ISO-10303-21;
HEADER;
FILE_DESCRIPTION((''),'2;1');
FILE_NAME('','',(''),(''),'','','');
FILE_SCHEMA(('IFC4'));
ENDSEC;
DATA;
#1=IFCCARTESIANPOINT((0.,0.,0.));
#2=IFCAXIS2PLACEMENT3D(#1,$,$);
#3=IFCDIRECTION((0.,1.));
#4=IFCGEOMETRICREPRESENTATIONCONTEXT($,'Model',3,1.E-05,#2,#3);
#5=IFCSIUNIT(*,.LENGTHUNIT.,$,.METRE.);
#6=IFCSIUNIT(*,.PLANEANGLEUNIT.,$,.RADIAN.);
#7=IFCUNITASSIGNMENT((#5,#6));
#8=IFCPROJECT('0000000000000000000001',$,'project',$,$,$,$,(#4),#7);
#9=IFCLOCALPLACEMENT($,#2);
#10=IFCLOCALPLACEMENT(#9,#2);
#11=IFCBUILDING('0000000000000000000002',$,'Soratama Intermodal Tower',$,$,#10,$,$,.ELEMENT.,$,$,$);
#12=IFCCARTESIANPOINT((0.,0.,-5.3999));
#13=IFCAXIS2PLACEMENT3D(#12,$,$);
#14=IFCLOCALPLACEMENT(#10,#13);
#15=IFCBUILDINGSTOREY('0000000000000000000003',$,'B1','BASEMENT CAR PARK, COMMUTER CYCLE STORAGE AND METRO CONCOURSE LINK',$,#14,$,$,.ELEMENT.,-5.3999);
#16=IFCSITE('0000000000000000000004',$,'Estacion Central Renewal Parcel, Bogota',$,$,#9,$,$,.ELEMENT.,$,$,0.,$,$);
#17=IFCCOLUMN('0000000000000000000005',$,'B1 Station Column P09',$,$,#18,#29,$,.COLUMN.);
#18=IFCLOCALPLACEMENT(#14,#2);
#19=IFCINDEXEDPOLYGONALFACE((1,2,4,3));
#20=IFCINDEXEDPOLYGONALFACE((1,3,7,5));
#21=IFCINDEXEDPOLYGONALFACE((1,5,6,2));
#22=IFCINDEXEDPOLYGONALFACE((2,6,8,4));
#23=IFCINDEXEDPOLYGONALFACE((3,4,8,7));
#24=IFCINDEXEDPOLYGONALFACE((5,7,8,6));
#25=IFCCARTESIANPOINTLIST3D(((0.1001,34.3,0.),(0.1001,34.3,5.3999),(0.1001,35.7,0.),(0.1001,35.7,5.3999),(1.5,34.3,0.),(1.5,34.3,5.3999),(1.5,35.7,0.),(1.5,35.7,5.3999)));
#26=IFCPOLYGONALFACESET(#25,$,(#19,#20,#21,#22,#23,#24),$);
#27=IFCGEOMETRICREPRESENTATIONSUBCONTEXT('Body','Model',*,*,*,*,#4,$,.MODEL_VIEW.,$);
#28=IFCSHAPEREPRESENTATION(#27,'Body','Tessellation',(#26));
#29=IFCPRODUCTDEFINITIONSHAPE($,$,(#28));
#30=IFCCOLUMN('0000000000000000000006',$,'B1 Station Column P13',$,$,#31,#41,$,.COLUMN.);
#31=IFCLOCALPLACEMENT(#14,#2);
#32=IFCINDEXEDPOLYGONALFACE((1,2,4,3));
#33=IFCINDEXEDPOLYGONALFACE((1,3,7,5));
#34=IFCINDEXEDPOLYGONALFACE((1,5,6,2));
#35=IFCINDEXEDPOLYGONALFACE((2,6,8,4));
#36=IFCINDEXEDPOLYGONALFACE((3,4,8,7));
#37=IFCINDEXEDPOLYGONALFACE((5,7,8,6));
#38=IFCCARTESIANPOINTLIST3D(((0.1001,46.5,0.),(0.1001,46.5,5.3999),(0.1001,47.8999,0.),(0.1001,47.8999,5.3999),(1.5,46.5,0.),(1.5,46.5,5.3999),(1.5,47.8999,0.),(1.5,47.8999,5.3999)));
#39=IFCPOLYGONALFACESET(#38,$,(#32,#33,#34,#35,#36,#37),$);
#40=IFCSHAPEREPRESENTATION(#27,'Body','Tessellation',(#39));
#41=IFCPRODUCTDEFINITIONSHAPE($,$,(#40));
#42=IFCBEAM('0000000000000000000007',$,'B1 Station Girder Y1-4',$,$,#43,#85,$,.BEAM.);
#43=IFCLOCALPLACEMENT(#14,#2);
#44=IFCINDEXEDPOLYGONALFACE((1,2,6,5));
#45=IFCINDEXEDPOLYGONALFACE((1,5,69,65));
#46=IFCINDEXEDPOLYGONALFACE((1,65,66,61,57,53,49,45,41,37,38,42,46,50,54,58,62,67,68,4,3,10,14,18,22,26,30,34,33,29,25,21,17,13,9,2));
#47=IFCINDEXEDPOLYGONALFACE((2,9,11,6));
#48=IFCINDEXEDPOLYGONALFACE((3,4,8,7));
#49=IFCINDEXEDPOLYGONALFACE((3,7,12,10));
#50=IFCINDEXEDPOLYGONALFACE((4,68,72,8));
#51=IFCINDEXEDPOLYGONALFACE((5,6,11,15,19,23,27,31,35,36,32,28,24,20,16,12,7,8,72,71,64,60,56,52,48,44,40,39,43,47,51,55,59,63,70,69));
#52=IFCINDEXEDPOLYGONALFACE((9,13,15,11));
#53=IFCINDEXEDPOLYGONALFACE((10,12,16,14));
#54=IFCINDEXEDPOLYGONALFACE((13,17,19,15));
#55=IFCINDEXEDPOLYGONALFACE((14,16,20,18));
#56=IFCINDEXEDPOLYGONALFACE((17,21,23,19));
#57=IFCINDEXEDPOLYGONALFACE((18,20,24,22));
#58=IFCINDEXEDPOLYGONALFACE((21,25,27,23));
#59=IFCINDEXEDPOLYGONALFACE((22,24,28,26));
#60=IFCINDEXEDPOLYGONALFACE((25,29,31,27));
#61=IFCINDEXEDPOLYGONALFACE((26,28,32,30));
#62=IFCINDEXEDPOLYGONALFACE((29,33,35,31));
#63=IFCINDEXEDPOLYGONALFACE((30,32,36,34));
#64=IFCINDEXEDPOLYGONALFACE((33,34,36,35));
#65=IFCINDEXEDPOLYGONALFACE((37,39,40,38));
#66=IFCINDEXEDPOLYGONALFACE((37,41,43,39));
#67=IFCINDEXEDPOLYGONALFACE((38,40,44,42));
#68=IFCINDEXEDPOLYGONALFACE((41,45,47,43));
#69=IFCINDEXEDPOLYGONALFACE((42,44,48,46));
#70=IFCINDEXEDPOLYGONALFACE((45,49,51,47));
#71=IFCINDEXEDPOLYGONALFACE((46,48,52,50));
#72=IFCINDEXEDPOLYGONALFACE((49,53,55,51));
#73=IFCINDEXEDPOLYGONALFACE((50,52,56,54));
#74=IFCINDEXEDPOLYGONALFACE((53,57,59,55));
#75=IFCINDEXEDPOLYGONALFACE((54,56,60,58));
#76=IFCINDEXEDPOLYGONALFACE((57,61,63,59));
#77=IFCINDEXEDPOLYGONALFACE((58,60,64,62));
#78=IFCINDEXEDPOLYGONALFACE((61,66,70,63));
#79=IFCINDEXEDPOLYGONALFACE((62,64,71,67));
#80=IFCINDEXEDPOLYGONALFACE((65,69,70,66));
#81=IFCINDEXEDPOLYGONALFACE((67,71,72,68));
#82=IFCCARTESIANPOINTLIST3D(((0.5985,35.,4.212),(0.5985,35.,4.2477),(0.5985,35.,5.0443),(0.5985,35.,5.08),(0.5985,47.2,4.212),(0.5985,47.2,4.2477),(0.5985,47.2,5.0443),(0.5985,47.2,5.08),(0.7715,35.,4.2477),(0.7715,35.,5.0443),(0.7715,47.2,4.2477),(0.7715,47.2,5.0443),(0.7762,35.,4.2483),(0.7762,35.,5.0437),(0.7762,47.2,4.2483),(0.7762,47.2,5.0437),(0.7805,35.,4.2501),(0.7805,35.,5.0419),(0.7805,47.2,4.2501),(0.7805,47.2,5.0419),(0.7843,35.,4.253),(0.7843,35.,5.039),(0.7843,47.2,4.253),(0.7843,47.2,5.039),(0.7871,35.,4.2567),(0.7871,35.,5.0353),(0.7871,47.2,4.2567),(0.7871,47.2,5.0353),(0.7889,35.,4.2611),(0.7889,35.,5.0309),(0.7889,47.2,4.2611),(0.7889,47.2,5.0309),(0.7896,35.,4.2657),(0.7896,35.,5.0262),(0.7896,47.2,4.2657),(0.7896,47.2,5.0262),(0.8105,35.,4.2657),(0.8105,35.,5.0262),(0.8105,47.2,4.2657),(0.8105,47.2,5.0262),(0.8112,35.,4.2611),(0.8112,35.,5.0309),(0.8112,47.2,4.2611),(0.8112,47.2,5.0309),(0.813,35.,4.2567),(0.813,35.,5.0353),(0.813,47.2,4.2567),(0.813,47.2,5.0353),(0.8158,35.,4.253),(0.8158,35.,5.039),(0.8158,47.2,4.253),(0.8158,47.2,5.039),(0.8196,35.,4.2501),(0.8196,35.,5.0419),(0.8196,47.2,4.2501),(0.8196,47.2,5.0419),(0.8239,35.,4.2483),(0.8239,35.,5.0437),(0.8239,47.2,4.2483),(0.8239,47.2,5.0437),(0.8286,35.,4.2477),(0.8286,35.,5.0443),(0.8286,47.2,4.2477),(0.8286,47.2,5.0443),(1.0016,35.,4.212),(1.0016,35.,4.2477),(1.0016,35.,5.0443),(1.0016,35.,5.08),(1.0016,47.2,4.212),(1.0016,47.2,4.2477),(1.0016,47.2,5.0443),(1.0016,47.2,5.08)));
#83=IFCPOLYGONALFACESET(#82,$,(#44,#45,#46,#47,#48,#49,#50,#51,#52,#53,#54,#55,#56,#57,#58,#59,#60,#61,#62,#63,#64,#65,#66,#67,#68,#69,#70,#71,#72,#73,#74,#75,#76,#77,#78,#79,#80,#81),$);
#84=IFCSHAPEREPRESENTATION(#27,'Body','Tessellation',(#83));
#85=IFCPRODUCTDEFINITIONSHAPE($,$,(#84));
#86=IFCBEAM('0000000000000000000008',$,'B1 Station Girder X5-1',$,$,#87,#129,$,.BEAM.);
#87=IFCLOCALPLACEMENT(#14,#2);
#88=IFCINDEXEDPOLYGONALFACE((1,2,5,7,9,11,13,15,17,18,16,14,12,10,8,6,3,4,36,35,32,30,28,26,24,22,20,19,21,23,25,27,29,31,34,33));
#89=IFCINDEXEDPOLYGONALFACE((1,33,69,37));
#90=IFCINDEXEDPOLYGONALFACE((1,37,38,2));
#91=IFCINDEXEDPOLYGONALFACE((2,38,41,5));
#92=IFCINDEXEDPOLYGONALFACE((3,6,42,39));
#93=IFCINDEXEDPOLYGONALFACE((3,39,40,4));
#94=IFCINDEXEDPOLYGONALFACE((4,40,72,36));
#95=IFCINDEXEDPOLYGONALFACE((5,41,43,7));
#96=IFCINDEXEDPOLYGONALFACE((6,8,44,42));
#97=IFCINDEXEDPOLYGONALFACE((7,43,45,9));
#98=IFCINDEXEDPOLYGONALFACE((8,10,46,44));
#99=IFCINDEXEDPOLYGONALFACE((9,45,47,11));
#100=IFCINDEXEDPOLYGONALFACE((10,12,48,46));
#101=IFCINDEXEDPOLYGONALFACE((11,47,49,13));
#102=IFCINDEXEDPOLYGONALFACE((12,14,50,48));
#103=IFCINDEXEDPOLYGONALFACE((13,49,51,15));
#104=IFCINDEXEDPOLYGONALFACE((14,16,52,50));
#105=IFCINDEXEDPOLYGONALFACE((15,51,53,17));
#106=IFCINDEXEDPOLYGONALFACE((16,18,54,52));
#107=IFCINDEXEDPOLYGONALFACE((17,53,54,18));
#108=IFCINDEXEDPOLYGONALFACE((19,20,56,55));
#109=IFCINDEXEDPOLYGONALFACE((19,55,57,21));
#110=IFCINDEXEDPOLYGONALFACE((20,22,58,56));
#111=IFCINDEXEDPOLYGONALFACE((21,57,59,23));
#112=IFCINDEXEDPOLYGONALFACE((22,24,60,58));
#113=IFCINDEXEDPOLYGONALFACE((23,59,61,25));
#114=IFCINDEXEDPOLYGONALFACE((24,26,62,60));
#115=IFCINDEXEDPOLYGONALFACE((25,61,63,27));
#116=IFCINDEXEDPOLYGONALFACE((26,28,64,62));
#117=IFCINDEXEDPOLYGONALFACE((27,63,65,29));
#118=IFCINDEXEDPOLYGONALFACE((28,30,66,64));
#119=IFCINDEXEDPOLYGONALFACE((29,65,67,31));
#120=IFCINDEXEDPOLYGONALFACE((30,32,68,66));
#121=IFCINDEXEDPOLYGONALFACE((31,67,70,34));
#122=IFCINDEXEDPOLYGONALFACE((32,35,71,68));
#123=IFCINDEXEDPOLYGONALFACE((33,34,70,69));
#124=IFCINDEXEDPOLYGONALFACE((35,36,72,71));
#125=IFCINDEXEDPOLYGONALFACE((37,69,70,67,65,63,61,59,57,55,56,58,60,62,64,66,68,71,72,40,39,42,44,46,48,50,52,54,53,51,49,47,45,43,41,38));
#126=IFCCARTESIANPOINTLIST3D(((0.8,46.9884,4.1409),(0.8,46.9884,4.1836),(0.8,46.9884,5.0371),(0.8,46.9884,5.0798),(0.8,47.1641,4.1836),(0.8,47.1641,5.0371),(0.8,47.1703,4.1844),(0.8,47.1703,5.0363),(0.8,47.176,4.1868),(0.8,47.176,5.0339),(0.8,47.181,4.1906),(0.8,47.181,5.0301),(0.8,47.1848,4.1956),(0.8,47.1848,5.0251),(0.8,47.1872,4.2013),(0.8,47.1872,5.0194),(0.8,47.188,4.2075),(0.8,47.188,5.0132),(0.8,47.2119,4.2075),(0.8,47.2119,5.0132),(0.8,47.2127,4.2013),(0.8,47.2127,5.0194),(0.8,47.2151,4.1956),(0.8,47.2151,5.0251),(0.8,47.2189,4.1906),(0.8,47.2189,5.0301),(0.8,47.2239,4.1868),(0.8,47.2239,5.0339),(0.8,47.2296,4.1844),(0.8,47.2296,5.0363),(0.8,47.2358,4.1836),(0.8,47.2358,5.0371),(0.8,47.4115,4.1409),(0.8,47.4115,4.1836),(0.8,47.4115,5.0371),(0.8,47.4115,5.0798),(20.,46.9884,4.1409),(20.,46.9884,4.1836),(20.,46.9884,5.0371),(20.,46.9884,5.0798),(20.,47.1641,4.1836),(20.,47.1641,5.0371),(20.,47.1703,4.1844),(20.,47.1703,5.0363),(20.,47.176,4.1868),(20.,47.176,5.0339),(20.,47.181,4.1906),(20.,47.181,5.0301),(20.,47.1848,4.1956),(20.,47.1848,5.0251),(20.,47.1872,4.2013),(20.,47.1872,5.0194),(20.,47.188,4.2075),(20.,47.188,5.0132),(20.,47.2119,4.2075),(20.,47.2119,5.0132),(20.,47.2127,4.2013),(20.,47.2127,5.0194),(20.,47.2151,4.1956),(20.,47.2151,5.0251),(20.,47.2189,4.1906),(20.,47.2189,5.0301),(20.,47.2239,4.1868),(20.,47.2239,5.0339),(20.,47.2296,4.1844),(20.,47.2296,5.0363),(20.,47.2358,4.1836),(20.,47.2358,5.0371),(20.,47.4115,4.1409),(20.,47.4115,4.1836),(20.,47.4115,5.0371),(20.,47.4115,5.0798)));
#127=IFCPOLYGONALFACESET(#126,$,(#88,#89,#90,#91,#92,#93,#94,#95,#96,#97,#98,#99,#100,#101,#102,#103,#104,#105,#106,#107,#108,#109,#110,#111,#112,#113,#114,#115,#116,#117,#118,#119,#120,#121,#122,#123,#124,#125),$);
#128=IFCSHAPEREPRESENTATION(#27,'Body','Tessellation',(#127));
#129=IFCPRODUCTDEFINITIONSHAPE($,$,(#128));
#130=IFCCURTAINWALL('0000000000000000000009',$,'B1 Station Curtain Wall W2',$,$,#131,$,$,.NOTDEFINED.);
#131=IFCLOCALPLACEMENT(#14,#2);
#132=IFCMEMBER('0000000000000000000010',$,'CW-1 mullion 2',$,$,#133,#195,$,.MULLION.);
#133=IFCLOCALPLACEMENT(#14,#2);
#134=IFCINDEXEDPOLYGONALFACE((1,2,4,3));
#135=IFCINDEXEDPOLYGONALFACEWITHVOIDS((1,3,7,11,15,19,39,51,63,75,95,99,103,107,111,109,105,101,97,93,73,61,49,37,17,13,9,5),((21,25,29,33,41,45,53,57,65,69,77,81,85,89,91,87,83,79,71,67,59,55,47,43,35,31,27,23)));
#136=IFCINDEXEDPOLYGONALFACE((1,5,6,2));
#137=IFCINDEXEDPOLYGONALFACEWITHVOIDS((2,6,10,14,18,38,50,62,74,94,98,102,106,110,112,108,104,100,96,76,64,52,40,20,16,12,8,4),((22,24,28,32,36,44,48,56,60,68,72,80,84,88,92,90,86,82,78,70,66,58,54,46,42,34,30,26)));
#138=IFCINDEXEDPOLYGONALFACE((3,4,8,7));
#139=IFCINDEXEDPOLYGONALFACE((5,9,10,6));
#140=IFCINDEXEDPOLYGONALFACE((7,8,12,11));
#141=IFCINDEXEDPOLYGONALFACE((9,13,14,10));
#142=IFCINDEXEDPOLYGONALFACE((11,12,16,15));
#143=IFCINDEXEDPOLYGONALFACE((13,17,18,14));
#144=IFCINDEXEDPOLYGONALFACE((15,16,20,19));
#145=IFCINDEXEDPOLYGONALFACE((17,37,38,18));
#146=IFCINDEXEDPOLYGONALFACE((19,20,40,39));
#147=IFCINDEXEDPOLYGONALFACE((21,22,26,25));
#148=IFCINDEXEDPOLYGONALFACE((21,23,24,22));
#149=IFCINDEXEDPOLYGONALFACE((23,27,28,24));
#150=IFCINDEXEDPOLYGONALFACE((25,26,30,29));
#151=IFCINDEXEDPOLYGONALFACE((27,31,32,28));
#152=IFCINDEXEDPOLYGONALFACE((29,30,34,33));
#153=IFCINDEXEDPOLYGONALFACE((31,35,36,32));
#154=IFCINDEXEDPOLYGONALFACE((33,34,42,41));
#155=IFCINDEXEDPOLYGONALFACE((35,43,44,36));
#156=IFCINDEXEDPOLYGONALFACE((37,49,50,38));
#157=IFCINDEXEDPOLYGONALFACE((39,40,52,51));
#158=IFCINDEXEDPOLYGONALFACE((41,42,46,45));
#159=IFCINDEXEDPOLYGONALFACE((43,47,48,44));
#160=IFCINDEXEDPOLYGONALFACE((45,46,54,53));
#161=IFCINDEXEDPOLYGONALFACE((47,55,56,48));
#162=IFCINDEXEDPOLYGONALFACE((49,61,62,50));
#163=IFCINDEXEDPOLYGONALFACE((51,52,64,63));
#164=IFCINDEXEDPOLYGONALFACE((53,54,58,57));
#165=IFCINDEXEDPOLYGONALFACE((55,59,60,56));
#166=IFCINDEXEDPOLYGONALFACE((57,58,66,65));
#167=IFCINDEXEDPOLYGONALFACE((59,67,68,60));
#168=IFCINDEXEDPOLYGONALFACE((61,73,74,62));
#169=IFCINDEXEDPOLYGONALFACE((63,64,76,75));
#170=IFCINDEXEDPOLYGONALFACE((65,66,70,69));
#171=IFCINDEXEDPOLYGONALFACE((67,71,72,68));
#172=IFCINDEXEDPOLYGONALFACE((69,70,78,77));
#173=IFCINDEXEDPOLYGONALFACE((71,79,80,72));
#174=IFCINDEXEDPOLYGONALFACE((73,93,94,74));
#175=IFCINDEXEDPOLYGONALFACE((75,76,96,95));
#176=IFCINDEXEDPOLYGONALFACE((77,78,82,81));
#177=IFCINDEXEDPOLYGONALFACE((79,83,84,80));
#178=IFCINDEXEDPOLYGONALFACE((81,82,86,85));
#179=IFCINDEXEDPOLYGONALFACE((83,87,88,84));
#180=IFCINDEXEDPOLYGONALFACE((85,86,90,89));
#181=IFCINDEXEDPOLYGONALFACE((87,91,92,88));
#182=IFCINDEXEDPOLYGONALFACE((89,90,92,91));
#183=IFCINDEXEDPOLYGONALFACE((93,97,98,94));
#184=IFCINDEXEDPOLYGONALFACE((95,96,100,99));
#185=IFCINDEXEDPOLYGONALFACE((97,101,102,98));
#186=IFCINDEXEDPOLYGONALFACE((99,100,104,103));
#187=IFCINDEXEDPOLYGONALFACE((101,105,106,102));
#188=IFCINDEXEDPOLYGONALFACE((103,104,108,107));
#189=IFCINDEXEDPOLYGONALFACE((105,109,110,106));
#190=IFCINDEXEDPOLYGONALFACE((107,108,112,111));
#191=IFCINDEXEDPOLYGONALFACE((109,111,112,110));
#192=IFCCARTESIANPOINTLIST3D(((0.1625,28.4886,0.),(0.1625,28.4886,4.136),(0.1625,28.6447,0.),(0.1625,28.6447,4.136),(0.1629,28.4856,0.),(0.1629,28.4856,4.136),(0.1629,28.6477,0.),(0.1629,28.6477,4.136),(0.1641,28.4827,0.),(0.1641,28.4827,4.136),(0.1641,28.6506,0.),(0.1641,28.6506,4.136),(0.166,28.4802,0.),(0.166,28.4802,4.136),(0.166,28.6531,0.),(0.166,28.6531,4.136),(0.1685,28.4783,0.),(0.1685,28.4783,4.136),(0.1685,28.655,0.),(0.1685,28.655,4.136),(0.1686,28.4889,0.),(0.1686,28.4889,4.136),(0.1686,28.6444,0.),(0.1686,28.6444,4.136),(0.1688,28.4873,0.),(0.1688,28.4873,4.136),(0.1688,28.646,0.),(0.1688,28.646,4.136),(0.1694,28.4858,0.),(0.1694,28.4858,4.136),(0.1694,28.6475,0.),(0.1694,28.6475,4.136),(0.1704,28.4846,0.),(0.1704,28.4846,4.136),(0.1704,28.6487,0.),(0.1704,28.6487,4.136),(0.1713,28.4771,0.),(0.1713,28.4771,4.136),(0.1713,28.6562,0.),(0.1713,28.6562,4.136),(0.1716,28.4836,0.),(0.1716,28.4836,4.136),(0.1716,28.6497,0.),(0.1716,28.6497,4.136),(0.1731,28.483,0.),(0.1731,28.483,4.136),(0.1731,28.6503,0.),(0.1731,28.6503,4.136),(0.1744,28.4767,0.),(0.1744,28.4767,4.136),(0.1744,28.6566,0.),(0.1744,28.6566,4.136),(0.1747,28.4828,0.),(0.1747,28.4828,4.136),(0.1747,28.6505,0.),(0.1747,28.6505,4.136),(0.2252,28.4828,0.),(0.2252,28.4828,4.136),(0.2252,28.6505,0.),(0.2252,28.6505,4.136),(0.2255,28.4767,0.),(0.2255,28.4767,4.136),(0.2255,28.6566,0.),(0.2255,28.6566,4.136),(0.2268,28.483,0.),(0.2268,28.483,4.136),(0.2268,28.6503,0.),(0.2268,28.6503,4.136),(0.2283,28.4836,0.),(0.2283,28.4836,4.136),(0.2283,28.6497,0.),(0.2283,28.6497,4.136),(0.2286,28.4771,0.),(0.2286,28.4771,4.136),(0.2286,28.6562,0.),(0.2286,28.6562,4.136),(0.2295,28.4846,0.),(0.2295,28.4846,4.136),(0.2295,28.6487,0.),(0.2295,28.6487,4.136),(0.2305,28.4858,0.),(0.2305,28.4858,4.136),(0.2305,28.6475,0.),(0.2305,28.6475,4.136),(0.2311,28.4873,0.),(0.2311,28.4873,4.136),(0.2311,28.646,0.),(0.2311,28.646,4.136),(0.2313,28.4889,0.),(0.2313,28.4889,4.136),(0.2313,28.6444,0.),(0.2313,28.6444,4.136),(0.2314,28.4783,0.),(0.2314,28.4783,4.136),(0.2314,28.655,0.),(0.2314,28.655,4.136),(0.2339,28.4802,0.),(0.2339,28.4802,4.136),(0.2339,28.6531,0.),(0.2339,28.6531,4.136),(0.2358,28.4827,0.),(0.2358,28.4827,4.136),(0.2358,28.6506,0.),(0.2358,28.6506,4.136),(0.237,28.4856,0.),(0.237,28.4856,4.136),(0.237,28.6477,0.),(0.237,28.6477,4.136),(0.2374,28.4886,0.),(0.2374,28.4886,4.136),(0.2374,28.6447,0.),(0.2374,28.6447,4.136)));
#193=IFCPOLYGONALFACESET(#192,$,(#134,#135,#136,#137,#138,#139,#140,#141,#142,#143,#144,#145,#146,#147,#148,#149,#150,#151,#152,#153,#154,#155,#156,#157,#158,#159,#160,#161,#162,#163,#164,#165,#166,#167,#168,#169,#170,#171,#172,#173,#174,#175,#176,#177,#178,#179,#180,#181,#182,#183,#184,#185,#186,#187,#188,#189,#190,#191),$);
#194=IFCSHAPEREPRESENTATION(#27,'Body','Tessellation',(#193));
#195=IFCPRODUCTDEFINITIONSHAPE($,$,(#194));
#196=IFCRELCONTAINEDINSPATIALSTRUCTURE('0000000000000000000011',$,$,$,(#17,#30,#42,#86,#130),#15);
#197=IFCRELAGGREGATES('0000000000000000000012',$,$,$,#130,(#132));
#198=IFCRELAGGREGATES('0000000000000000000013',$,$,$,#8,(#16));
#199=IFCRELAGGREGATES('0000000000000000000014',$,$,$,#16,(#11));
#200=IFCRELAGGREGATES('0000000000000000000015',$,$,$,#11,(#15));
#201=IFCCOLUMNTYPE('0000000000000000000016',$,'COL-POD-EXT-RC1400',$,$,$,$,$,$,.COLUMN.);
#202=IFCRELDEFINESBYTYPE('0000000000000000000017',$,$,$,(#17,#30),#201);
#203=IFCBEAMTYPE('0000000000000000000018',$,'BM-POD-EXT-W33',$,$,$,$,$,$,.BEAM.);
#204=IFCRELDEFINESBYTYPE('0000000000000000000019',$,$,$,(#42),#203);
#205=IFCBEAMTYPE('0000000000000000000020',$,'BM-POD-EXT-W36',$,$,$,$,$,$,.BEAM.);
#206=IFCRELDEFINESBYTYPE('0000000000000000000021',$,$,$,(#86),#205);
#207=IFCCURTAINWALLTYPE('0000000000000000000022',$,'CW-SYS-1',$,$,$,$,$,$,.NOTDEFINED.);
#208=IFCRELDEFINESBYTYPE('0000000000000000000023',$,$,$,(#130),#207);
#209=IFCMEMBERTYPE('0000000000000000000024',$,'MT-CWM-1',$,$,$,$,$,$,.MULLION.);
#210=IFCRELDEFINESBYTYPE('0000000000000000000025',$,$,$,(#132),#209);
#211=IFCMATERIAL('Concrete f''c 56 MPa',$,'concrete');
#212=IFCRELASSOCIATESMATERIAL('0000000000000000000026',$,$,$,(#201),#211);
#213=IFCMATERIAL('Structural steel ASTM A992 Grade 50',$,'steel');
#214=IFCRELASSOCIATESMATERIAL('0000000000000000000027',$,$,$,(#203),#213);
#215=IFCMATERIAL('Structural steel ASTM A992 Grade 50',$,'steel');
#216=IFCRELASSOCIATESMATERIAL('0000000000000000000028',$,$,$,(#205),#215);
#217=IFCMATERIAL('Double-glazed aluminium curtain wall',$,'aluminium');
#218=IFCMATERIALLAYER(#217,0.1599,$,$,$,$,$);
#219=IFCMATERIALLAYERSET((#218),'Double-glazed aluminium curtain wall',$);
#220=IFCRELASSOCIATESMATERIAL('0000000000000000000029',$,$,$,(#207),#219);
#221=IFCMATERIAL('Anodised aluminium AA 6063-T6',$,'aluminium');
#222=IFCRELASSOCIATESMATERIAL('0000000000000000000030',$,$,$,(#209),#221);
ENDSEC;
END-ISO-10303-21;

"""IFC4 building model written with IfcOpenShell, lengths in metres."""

from ifc_helpers import new_model, si_unit, direction, frame, origin, origin_2d, place, context, subcontext, project, spatial, rectangle, hollow_rectangle, i_section, extrude, material, layer, layer_set, material_profile, profile_set, type_object, element, aggregate, save


model = new_model("IFC4")

# Units and contexts
model_context = context("Model", 3, precision=1e-05, world=origin(), true_north=direction((0.0, 1.0)))
body_context = subcontext(model_context, "Body", "Model", "MODEL_VIEW")
ifc_project = project(units=[si_unit("LENGTHUNIT", "METRE"), si_unit("PLANEANGLEUNIT", "RADIAN")], contexts=[model_context])

# Site, building, storey
site_placement = place(None, origin())
site = spatial("IfcSite", under=ifc_project, at=site_placement, Name="Estacion Central Renewal Parcel, Bogota", CompositionType="ELEMENT", RefElevation=0.0)
building_placement = place(site_placement, origin())
building = spatial("IfcBuilding", under=site, at=building_placement, Name="Soratama Intermodal Tower", CompositionType="ELEMENT")
storey_placement = place(building_placement, frame((0.0, 0.0, -5.3999)))
storey = spatial("IfcBuildingStorey", under=building, at=storey_placement, Name="B1", Description="BASEMENT CAR PARK, COMMUTER CYCLE STORAGE AND METRO CONCOURSE LINK", CompositionType="ELEMENT", Elevation=-5.3999)

# Columns
ifc_material_1 = material(Name="Concrete f'c 56 MPa", Category="concrete")
ifc_material_profile_1 = material_profile(ifc_material_1, rectangle(XDim=1.3999, YDim=1.3999, at=origin_2d()), Name="RC1400X1400")
ifc_profile_set_1 = profile_set([ifc_material_profile_1], Name="Concrete f'c 56 MPa")
column_type = type_object("IfcColumnType", Name="COL-POD-EXT-RC1400", PredefinedType="COLUMN", material=ifc_profile_set_1)
for number, where, z_axis, x_axis, name in (
    (1, (0.8, 35.0, 0.0), (0.0, 0.0, 1.0), (1.0, 0.0, 0.0), "B1 Station Column P09"),
    (2, (0.8, 47.2, 0.0), (0.0, 0.0, 1.0), (1.0, 0.0, 0.0), "B1 Station Column P13"),
):
    element("IfcColumn", number, at=place(storey_placement, frame(where, z_axis=z_axis, x_axis=x_axis)), inside=storey, type_object=column_type, Name=name, PredefinedType="COLUMN", context=body_context, shape_type="SweptSolid", body=[
        extrude(rectangle(XDim=1.3999, YDim=1.3999, at=origin_2d()), origin(), (0.0, 0.0, 1.0), 5.3999),
    ])

# Beams
ifc_material_2 = material(Name="Structural steel ASTM A992 Grade 50", Category="steel")
ifc_material_profile_2 = material_profile(ifc_material_2, i_section(OverallWidth=0.4031, OverallDepth=0.8679, WebThickness=0.021, FlangeThickness=0.0356, FilletRadius=0.0181, at=origin_2d()), Name="W33X241")
ifc_profile_set_2 = profile_set([ifc_material_profile_2], Name="Structural steel ASTM A992 Grade 50")
beam_type_1 = type_object("IfcBeamType", Name="BM-POD-EXT-W33", PredefinedType="BEAM", material=ifc_profile_set_2)
beam_1_placement = place(storey_placement, frame((0.8, 35.0, 4.646), z_axis=(0.0, 1.0, 0.0), x_axis=(-1.0, 0.0, 0.0)))
element("IfcBeam", 3, at=beam_1_placement, inside=storey, type_object=beam_type_1, Name="B1 Station Girder Y1-4", PredefinedType="BEAM", context=body_context, shape_type="SweptSolid", body=[
    extrude(i_section(OverallWidth=0.4031, OverallDepth=0.8679, WebThickness=0.021, FlangeThickness=0.0356, FilletRadius=0.0181, at=origin_2d()), origin(), (0.0, 0.0, 1.0), 12.2),
])
ifc_material_3 = material(Name="Structural steel ASTM A992 Grade 50", Category="steel")
ifc_material_profile_3 = material_profile(ifc_material_3, i_section(OverallWidth=0.4231, OverallDepth=0.939, WebThickness=0.0239, FlangeThickness=0.0427, FilletRadius=0.0239, at=origin_2d()), Name="W36X302")
ifc_profile_set_3 = profile_set([ifc_material_profile_3], Name="Structural steel ASTM A992 Grade 50")
beam_type_2 = type_object("IfcBeamType", Name="BM-POD-EXT-W36", PredefinedType="BEAM", material=ifc_profile_set_3)
beam_2_placement = place(storey_placement, frame((0.8, 47.2, 4.6104), z_axis=(1.0, 0.0, 0.0), x_axis=(0.0, 1.0, 0.0)))
element("IfcBeam", 4, at=beam_2_placement, inside=storey, type_object=beam_type_2, Name="B1 Station Girder X5-1", PredefinedType="BEAM", context=body_context, shape_type="SweptSolid", body=[
    extrude(i_section(OverallWidth=0.4231, OverallDepth=0.939, WebThickness=0.0239, FlangeThickness=0.0427, FilletRadius=0.0239, at=origin_2d()), origin(), (0.0, 0.0, 1.0), 19.2),
])

# Curtain wall, member
ifc_material_4 = material(Name="Double-glazed aluminium curtain wall", Category="aluminium")
ifc_layer_1 = layer(ifc_material_4, 0.1599)
ifc_layer_set_1 = layer_set([ifc_layer_1], Name="Double-glazed aluminium curtain wall")
curtain_wall_type = type_object("IfcCurtainWallType", Name="CW-SYS-1", PredefinedType="NOTDEFINED", material=ifc_layer_set_1)
curtain_wall_placement = place(storey_placement, origin())
curtain_wall = element("IfcCurtainWall", 5, at=curtain_wall_placement, inside=storey, type_object=curtain_wall_type, Name="B1 Station Curtain Wall W2", PredefinedType="NOTDEFINED")
ifc_material_5 = material(Name="Anodised aluminium AA 6063-T6", Category="aluminium")
ifc_material_profile_4 = material_profile(ifc_material_5, hollow_rectangle(XDim=0.075, YDim=0.1799, WallThickness=0.0061, InnerFilletRadius=0.0061, OuterFilletRadius=0.012, at=origin_2d()), Name="CWM180X75X6")
ifc_profile_set_4 = profile_set([ifc_material_profile_4], Name="Anodised aluminium AA 6063-T6")
member_type_1 = type_object("IfcMemberType", Name="MT-CWM-1", PredefinedType="MULLION", material=ifc_profile_set_4)
member_1_placement = place(storey_placement, frame((0.2, 28.5667, 0.0), z_axis=(0.0, 0.0, 1.0), x_axis=(-1.0, 0.0, 0.0)))
member_1 = element("IfcMember", 6, at=member_1_placement, type_object=member_type_1, Name="CW-1 mullion 2", PredefinedType="MULLION", context=body_context, shape_type="SweptSolid", body=[
    extrude(hollow_rectangle(XDim=0.075, YDim=0.1799, WallThickness=0.0061, InnerFilletRadius=0.0061, OuterFilletRadius=0.012, at=origin_2d()), origin(), (0.0, 0.0, 1.0), 4.136),
])
aggregate(curtain_wall, [member_1])

save(model, "model.ifc")
